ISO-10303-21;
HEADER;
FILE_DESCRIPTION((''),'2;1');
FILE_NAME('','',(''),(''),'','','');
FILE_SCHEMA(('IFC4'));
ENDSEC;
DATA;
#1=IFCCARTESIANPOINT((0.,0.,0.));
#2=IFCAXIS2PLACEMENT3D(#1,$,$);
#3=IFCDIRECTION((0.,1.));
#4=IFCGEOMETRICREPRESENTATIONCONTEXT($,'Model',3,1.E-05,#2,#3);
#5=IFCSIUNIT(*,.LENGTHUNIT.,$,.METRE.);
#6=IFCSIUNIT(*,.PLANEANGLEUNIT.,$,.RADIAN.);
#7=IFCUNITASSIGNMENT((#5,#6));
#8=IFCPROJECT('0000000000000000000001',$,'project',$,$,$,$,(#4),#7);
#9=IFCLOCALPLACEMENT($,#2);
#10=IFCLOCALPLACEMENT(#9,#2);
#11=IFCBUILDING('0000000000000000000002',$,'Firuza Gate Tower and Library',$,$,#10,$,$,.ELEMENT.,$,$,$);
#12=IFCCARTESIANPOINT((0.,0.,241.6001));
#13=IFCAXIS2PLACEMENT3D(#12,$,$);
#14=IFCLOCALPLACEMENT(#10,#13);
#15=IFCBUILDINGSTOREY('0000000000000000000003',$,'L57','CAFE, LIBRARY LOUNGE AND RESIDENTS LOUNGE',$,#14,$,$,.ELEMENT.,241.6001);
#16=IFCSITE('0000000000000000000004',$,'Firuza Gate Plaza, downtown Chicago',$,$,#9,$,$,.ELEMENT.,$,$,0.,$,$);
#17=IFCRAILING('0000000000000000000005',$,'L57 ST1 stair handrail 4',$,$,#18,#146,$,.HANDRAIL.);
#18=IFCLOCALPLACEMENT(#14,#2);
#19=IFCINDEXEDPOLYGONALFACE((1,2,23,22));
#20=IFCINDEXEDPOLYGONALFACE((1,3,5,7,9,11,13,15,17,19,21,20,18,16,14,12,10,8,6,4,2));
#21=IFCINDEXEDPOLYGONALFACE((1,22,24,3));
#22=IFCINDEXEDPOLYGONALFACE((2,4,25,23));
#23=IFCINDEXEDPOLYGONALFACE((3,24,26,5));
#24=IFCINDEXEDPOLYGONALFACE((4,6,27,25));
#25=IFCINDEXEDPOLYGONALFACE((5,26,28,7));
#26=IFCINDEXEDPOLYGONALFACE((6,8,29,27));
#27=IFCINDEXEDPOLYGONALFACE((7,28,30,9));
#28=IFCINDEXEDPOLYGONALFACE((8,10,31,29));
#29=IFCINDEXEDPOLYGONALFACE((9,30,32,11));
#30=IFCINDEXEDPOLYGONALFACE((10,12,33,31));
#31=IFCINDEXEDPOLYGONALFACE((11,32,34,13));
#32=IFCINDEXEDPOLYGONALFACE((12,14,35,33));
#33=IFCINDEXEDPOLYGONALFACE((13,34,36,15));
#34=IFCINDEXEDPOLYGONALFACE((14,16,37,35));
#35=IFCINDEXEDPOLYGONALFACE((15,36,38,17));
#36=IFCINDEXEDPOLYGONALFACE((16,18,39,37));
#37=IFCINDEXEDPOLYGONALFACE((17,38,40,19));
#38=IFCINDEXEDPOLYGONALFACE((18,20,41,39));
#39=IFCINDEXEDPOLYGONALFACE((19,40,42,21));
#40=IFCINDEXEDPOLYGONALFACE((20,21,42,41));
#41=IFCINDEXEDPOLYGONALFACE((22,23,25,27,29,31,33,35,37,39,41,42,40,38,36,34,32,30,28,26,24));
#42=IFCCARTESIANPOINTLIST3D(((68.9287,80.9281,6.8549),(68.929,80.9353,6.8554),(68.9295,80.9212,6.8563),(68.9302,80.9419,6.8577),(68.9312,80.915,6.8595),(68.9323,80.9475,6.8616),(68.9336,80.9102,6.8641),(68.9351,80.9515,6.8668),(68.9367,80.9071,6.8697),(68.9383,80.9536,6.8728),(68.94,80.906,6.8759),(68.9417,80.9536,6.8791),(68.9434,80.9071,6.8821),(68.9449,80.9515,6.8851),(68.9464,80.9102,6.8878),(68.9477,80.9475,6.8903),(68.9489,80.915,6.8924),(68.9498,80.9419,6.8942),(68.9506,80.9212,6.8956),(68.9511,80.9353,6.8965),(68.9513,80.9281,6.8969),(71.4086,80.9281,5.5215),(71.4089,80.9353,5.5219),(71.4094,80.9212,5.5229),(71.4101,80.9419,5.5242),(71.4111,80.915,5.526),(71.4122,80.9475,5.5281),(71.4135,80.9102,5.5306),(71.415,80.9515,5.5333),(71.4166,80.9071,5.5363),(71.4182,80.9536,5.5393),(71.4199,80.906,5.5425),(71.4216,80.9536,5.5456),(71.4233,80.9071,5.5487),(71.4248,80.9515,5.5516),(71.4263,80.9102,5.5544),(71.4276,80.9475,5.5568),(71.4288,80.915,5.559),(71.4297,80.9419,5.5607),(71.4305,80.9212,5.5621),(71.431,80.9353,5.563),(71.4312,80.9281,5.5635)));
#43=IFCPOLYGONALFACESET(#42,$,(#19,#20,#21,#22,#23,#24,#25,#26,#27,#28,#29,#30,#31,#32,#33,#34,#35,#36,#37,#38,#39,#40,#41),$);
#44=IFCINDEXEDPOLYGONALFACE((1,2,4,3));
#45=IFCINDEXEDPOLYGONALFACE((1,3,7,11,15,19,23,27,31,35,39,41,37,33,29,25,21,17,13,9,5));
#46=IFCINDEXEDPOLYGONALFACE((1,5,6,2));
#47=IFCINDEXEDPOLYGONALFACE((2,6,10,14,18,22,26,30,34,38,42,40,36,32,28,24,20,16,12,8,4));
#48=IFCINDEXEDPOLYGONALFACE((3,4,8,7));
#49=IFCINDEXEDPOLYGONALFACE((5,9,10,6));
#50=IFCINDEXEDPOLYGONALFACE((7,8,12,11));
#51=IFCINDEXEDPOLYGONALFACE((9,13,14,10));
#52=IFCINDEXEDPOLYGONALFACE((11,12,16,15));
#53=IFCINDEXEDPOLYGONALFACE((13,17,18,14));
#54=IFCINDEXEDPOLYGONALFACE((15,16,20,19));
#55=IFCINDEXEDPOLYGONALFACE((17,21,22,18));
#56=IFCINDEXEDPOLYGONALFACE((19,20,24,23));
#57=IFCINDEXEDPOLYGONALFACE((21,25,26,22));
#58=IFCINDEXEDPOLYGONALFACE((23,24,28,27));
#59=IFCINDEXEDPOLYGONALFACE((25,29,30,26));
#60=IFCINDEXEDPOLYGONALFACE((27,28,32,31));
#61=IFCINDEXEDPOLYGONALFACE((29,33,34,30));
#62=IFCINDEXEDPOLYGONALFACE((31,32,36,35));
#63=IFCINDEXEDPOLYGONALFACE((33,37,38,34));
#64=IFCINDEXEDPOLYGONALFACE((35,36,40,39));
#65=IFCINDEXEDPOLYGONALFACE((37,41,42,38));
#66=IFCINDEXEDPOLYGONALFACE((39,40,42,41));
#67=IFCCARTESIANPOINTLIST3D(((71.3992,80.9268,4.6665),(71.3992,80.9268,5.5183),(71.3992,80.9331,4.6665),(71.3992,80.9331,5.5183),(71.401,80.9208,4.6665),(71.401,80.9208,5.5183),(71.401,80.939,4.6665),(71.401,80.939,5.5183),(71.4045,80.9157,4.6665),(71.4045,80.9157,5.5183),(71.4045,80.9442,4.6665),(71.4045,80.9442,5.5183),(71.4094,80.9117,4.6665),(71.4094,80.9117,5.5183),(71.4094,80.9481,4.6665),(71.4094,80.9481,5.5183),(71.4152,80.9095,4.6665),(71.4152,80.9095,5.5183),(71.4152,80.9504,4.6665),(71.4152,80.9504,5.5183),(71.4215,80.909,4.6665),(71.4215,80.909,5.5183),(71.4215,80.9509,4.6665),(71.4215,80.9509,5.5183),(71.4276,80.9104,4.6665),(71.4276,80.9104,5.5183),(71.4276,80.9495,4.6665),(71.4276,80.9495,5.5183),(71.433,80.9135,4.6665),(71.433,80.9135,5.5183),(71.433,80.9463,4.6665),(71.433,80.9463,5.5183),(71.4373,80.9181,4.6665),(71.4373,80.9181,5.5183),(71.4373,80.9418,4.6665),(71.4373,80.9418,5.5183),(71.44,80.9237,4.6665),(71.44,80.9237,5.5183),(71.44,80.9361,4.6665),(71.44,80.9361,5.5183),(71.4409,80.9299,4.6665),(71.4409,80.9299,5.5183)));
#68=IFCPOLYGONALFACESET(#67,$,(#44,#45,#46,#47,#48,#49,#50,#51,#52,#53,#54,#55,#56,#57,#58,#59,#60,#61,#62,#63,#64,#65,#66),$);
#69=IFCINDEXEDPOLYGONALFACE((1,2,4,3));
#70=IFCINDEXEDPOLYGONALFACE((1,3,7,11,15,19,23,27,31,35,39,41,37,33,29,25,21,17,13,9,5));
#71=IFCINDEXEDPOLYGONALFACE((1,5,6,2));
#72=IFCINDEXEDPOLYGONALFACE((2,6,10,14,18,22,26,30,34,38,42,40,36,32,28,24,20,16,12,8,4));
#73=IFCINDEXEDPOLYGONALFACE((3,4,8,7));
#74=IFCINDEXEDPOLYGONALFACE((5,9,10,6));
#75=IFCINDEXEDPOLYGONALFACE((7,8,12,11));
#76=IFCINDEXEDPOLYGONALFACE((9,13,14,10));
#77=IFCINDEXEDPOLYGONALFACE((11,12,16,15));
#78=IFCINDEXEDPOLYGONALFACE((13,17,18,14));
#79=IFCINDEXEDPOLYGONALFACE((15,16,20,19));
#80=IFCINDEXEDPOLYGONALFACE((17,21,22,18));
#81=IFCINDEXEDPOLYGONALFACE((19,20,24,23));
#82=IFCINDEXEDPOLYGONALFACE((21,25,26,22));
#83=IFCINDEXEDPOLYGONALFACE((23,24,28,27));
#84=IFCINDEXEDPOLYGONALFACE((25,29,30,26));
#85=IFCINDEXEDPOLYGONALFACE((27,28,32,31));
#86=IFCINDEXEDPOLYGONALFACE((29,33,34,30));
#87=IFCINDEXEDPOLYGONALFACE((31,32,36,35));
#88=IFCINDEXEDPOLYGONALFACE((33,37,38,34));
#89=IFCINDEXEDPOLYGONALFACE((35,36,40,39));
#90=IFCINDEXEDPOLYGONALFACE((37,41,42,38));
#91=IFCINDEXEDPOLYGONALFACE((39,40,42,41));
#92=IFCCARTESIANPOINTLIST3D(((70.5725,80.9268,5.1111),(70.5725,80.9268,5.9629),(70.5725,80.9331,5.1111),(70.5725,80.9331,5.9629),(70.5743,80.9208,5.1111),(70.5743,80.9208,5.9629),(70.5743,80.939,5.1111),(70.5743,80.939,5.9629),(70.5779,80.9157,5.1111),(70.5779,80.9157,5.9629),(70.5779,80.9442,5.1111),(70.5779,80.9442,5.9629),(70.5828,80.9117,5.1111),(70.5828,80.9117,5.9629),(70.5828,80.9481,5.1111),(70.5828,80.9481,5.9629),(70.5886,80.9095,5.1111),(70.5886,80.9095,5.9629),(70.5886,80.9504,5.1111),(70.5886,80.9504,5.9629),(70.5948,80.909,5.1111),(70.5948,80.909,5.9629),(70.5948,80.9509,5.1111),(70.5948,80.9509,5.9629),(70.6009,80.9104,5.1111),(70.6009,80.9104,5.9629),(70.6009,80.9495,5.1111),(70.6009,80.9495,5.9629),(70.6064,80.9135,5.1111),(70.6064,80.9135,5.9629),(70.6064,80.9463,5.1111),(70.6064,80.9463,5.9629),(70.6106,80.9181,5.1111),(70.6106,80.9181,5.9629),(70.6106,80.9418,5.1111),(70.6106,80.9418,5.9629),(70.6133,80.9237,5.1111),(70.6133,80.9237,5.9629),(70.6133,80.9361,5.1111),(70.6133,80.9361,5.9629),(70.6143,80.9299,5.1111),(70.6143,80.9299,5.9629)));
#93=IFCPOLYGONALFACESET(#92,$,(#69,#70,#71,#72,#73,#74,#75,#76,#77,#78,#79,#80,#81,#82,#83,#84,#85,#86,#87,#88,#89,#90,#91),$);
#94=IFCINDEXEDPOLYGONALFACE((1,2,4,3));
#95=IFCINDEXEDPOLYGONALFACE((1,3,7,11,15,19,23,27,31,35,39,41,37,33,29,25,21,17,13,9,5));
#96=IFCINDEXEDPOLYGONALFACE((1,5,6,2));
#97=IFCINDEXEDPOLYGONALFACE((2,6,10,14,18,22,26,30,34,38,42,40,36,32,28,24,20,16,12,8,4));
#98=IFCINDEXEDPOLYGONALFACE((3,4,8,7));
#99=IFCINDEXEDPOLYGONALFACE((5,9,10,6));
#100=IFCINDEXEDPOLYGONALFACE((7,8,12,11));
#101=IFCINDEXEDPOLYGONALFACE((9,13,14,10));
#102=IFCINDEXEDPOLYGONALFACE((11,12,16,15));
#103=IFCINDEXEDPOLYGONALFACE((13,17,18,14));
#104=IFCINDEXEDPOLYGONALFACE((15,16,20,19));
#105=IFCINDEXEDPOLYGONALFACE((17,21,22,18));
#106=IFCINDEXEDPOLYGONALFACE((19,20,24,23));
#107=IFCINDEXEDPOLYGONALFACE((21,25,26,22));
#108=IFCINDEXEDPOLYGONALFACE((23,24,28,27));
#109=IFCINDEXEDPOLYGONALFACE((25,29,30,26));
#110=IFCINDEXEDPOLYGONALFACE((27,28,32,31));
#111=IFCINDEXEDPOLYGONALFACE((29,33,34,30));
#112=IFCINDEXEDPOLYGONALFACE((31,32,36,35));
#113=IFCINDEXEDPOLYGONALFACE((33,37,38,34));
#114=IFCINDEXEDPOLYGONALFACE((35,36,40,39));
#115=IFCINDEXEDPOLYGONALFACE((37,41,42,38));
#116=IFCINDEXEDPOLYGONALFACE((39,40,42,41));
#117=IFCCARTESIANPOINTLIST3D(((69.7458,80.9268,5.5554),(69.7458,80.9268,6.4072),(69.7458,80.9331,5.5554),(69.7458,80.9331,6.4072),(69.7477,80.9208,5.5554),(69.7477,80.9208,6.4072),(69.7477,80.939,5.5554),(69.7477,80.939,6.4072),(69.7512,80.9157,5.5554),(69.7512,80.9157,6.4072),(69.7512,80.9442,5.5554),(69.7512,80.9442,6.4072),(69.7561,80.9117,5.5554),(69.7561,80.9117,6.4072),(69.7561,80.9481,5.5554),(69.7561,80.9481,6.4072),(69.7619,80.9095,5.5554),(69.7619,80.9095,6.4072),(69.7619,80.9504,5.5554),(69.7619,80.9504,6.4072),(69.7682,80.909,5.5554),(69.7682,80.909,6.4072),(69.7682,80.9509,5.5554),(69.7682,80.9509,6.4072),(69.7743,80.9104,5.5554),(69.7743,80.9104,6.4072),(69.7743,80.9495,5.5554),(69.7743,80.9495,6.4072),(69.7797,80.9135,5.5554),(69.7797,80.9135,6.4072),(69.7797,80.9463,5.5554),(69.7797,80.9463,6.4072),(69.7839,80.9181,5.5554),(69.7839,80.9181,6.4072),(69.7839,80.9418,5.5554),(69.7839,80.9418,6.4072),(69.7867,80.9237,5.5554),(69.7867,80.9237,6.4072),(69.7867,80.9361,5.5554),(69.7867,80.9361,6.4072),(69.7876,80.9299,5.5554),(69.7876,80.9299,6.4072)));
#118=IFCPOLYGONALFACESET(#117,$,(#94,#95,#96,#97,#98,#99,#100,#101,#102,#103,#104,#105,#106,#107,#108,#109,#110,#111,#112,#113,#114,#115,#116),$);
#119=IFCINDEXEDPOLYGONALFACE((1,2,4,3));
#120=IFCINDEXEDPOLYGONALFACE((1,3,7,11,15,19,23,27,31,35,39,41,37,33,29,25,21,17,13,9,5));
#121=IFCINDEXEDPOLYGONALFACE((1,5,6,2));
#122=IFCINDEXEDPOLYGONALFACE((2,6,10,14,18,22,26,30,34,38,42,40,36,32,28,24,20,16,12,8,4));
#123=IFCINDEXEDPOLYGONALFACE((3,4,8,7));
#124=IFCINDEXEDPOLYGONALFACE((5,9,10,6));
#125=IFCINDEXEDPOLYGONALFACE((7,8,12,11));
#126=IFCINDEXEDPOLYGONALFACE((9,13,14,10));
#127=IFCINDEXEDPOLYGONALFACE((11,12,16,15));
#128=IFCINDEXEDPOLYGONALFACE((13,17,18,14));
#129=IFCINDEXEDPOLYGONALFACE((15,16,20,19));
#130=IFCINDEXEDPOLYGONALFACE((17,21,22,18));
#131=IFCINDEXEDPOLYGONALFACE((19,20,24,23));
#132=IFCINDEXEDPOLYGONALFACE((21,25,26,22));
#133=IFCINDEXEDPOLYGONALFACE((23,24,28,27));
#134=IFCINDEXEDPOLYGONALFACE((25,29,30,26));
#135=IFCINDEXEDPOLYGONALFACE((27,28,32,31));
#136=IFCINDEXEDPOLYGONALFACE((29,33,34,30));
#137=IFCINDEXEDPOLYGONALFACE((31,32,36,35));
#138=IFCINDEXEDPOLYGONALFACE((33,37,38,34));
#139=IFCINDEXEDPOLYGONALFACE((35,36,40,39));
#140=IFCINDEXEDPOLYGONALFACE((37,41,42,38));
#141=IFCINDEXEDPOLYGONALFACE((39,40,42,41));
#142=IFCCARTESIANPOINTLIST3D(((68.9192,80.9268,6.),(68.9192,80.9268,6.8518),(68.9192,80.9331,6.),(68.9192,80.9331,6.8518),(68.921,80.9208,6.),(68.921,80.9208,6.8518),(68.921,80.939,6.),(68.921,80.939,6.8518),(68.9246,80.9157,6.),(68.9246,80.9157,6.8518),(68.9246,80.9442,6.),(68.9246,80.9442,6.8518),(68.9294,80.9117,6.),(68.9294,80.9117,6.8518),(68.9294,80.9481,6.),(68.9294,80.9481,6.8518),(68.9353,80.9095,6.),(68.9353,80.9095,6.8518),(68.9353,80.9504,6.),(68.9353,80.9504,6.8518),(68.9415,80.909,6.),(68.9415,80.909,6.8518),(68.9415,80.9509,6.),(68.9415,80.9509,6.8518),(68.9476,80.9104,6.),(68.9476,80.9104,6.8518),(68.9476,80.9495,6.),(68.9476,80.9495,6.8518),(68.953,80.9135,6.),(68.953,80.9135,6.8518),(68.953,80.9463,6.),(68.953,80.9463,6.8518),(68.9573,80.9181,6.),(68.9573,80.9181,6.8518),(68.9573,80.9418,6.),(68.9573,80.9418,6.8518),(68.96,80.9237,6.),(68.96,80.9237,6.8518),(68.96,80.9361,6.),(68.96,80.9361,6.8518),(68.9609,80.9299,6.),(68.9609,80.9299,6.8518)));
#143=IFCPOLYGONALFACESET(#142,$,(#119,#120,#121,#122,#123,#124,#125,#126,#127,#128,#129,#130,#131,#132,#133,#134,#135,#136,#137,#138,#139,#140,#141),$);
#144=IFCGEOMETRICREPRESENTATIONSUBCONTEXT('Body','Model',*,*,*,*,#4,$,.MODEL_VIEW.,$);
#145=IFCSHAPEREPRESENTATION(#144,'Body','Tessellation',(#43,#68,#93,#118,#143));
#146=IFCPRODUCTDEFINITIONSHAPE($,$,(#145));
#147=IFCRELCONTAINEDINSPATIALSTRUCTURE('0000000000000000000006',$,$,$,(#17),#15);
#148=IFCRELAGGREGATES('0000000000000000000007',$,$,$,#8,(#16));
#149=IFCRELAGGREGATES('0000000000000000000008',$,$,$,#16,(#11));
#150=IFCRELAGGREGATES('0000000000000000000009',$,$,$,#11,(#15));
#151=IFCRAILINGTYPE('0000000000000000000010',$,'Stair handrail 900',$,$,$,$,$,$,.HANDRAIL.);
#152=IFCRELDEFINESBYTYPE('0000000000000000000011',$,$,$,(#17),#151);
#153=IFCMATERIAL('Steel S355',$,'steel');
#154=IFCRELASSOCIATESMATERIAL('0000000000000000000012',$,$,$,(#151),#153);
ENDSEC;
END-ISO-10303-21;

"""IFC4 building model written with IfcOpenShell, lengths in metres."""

from ifc_helpers import new_model, si_unit, direction, frame, origin, origin_2d, place, context, subcontext, project, spatial, circle, extrude, material, type_object, element, save


model = new_model("IFC4")

# Units and contexts
model_context = context("Model", 3, precision=1e-05, world=origin(), true_north=direction((0.0, 1.0)))
body_context = subcontext(model_context, "Body", "Model", "MODEL_VIEW")
ifc_project = project(units=[si_unit("LENGTHUNIT", "METRE"), si_unit("PLANEANGLEUNIT", "RADIAN")], contexts=[model_context])

# Site, building, storey
site_placement = place(None, origin())
site = spatial("IfcSite", under=ifc_project, at=site_placement, Name="Firuza Gate Plaza, downtown Chicago", CompositionType="ELEMENT", RefElevation=0.0)
building_placement = place(site_placement, origin())
building = spatial("IfcBuilding", under=site, at=building_placement, Name="Firuza Gate Tower and Library", CompositionType="ELEMENT")
storey_placement = place(building_placement, frame((0.0, 0.0, 241.6001)))
storey = spatial("IfcBuildingStorey", under=building, at=storey_placement, Name="L57", Description="CAFE, LIBRARY LOUNGE AND RESIDENTS LOUNGE", CompositionType="ELEMENT", Elevation=241.6001)

# Railing
ifc_material_1 = material(Name="Steel S355", Category="steel")
railing_type_1 = type_object("IfcRailingType", Name="Stair handrail 900", PredefinedType="HANDRAIL", material=ifc_material_1)
railing_1_placement = place(storey_placement, frame((71.4199, 80.9299, 4.6665)))
element("IfcRailing", 1, at=railing_1_placement, inside=storey, type_object=railing_type_1, Name="L57 ST1 stair handrail 4", PredefinedType="HANDRAIL", context=body_context, shape_type="SweptSolid", body=[
    extrude(circle(Radius=0.0239, at=origin_2d()), frame((0.0, 0.0, 0.876), z_axis=(-0.880749, 0.0, 0.473583), x_axis=(0.0, -1.0, 0.0)), (0.0, 0.0, 1.0), 2.8157),
    extrude(circle(Radius=0.021, at=origin_2d()), origin(), (0.0, 0.0, 1.0), 0.8518),
    extrude(circle(Radius=0.021, at=origin_2d()), frame((-0.8267, 0.0, 0.4446)), (0.0, 0.0, 1.0), 0.8518),
    extrude(circle(Radius=0.021, at=origin_2d()), frame((-1.6533, 0.0, 0.8889)), (0.0, 0.0, 1.0), 0.8518),
    extrude(circle(Radius=0.021, at=origin_2d()), frame((-2.48, 0.0, 1.3335)), (0.0, 0.0, 1.0), 0.8518),
])

save(model, "model.ifc")
